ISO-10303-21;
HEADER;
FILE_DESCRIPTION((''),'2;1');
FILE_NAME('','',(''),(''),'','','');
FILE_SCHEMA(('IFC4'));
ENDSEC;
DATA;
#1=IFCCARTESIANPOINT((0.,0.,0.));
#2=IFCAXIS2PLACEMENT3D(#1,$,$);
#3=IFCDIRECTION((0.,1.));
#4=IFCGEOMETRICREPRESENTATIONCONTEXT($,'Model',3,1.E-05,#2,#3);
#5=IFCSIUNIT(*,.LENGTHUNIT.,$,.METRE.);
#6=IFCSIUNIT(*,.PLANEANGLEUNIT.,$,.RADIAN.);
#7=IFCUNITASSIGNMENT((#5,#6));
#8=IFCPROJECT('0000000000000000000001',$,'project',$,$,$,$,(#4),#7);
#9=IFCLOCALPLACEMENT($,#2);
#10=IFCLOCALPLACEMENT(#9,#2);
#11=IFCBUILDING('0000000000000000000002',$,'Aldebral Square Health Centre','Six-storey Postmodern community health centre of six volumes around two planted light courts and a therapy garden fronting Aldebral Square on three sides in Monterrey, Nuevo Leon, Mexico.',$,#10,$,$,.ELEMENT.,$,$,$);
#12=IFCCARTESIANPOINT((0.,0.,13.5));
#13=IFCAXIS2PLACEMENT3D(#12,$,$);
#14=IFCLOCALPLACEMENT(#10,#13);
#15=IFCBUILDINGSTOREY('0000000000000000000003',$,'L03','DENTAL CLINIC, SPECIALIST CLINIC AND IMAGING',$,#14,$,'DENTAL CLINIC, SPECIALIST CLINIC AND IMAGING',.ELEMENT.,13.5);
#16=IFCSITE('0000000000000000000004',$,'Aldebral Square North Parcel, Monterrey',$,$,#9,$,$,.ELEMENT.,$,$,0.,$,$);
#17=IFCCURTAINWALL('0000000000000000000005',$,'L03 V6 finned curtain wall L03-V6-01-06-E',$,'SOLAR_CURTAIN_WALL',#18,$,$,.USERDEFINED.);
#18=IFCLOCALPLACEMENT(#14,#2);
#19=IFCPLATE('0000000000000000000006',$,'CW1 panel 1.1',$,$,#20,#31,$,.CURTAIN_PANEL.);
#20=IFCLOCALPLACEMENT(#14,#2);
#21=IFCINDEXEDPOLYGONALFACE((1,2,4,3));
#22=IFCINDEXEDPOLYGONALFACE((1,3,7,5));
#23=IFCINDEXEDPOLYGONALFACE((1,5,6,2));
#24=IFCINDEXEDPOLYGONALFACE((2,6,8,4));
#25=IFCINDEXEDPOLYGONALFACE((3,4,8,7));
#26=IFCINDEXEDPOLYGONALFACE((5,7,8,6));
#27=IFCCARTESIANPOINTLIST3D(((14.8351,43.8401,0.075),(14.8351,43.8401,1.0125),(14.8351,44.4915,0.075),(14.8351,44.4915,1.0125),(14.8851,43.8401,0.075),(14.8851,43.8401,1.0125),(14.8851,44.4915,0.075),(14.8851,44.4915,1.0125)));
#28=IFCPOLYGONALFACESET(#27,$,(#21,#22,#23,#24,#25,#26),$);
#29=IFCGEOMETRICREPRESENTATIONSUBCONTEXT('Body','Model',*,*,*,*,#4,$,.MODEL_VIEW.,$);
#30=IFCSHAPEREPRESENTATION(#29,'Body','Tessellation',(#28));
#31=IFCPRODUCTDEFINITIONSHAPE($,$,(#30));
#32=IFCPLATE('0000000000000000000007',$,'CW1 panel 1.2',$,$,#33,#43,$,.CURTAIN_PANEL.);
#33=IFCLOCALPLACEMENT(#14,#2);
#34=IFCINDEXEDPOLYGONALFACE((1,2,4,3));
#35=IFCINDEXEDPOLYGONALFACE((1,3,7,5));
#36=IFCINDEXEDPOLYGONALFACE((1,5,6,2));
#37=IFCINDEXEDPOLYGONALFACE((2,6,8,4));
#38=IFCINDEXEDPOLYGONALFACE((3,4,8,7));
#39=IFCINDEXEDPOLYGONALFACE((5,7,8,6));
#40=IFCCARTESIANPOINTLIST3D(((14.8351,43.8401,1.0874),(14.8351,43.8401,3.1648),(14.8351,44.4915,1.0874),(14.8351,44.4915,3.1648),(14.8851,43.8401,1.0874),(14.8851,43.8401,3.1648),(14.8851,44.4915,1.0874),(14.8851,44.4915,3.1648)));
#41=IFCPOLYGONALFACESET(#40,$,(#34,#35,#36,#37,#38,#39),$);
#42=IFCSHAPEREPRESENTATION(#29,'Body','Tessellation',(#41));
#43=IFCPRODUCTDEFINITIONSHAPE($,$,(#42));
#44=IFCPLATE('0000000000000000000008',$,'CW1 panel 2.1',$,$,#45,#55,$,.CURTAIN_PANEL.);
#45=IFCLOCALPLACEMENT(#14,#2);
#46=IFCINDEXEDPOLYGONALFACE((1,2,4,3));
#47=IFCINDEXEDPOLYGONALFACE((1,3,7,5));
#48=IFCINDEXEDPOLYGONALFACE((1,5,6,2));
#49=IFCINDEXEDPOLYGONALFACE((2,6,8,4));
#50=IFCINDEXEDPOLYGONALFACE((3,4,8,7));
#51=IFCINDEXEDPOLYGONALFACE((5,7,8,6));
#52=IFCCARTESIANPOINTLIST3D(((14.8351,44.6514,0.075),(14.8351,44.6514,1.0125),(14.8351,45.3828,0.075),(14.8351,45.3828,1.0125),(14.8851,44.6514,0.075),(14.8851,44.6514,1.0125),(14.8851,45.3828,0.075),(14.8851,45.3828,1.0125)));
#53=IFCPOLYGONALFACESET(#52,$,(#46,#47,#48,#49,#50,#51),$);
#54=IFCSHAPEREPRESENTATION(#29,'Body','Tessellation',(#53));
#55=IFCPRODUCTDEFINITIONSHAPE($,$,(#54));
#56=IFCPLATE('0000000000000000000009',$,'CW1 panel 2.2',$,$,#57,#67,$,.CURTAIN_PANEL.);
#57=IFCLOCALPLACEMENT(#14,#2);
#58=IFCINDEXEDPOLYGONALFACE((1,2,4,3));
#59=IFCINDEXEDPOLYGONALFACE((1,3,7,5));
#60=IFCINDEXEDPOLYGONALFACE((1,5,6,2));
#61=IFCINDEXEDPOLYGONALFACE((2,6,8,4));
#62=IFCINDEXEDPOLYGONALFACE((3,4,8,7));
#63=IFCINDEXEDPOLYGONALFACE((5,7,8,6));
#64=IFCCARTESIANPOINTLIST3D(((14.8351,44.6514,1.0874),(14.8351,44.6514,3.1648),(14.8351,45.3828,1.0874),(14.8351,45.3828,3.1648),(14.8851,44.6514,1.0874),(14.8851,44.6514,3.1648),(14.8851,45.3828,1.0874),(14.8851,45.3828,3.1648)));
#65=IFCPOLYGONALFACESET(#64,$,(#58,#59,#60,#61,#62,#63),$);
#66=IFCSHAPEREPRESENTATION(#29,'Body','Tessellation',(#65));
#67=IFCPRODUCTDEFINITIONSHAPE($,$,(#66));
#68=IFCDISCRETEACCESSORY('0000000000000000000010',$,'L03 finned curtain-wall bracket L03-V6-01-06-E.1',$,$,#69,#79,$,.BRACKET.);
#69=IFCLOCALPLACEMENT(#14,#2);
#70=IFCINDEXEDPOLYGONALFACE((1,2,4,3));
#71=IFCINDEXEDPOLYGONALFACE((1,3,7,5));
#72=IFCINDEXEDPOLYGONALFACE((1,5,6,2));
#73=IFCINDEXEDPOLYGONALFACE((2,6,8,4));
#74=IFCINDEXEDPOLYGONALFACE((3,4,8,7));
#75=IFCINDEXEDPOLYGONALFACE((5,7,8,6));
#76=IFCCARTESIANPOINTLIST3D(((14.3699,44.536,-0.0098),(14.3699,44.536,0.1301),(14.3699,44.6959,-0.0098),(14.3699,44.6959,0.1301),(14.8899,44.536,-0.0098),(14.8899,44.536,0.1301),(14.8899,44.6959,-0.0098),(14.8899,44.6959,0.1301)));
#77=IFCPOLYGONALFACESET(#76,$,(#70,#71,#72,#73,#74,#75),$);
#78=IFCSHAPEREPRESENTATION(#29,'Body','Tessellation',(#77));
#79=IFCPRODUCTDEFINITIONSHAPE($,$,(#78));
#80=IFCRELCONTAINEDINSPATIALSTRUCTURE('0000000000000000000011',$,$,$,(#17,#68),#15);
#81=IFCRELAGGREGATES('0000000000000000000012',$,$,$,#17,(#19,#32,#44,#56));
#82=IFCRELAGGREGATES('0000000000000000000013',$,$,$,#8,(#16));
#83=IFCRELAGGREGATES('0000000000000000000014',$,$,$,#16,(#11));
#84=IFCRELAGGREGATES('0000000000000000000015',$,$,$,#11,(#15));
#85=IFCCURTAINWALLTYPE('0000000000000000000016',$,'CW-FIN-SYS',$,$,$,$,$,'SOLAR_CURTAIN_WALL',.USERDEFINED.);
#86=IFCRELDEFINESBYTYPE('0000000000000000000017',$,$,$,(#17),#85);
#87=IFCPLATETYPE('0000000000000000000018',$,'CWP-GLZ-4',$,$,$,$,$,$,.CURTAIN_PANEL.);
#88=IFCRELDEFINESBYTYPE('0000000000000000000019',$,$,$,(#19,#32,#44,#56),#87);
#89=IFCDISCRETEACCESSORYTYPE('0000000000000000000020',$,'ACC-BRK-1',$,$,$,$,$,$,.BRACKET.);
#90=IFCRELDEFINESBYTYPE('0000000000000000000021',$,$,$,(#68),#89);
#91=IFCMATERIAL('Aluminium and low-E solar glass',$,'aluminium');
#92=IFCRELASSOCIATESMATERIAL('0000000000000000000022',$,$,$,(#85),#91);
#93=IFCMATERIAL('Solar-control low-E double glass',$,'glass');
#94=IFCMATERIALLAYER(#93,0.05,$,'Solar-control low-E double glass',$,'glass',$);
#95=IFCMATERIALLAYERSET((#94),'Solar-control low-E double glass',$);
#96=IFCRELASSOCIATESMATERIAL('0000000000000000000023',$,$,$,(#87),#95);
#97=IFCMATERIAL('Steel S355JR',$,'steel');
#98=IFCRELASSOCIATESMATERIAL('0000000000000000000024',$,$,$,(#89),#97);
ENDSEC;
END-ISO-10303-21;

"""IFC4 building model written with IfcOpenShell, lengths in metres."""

from ifc_helpers import new_model, si_unit, direction, frame, origin, origin_2d, place, context, subcontext, project, spatial, rectangle, extrude, material, layer, layer_set, type_object, element, aggregate, save


model = new_model("IFC4")

# Units and contexts
model_context = context("Model", 3, precision=1e-05, world=origin(), true_north=direction((0.0, 1.0)))
body_context = subcontext(model_context, "Body", "Model", "MODEL_VIEW")
ifc_project = project(units=[si_unit("LENGTHUNIT", "METRE"), si_unit("PLANEANGLEUNIT", "RADIAN")], contexts=[model_context])

# Site, building, storey
site_placement = place(None, origin())
site = spatial("IfcSite", under=ifc_project, at=site_placement, Name="Aldebral Square North Parcel, Monterrey", CompositionType="ELEMENT", RefElevation=0.0)
building_placement = place(site_placement, origin())
building = spatial("IfcBuilding", under=site, at=building_placement, Name="Aldebral Square Health Centre", Description="Six-storey Postmodern community health centre of six volumes around two planted light courts and a therapy garden fronting Aldebral Square on three sides in Monterrey, Nuevo Leon, Mexico.", CompositionType="ELEMENT")
storey_placement = place(building_placement, frame((0.0, 0.0, 13.5)))
storey = spatial("IfcBuildingStorey", under=building, at=storey_placement, Name="L03", Description="DENTAL CLINIC, SPECIALIST CLINIC AND IMAGING", LongName="DENTAL CLINIC, SPECIALIST CLINIC AND IMAGING", CompositionType="ELEMENT", Elevation=13.5)

# Curtain wall
ifc_material_1 = material(Name="Aluminium and low-E solar glass", Category="aluminium")
curtain_wall_type = type_object("IfcCurtainWallType", Name="CW-FIN-SYS", ElementType="SOLAR_CURTAIN_WALL", PredefinedType="USERDEFINED", material=ifc_material_1)
curtain_wall_1_placement = place(storey_placement, origin())
curtain_wall_1 = element("IfcCurtainWall", 1, at=curtain_wall_1_placement, inside=storey, type_object=curtain_wall_type, Name="L03 V6 finned curtain wall L03-V6-01-06-E", ObjectType="SOLAR_CURTAIN_WALL", PredefinedType="USERDEFINED")

# Plates
ifc_material_2 = material(Name="Solar-control low-E double glass", Category="glass")
ifc_layer_1 = layer(ifc_material_2, 0.05, Name="Solar-control low-E double glass", Category="glass")
ifc_layer_set_1 = layer_set([ifc_layer_1], Name="Solar-control low-E double glass")
plate_type_1 = type_object("IfcPlateType", Name="CWP-GLZ-4", PredefinedType="CURTAIN_PANEL", material=ifc_layer_set_1)
plate_1_placement = place(storey_placement, frame((14.8601, 44.1658, 0.075), z_axis=(0.0, 0.0, 1.0), x_axis=(0.0, 1.0, 0.0)))
plate_1 = element("IfcPlate", 2, at=plate_1_placement, type_object=plate_type_1, Name="CW1 panel 1.1", PredefinedType="CURTAIN_PANEL", context=body_context, shape_type="SweptSolid", body=[
    extrude(rectangle(XDim=0.6514, YDim=0.05, at=origin_2d()), origin(), (0.0, 0.0, 1.0), 0.9375),
])
plate_2_placement = place(storey_placement, frame((14.8601, 44.1658, 1.0874), z_axis=(0.0, 0.0, 1.0), x_axis=(0.0, 1.0, 0.0)))
plate_2 = element("IfcPlate", 3, at=plate_2_placement, type_object=plate_type_1, Name="CW1 panel 1.2", PredefinedType="CURTAIN_PANEL", context=body_context, shape_type="SweptSolid", body=[
    extrude(rectangle(XDim=0.6514, YDim=0.05, at=origin_2d()), origin(), (0.0, 0.0, 1.0), 2.0774),
])
plate_3_placement = place(storey_placement, frame((14.8601, 45.0171, 0.075), z_axis=(0.0, 0.0, 1.0), x_axis=(0.0, 1.0, 0.0)))
plate_3 = element("IfcPlate", 4, at=plate_3_placement, type_object=plate_type_1, Name="CW1 panel 2.1", PredefinedType="CURTAIN_PANEL", context=body_context, shape_type="SweptSolid", body=[
    extrude(rectangle(XDim=0.7314, YDim=0.05, at=origin_2d()), origin(), (0.0, 0.0, 1.0), 0.9375),
])
plate_4_placement = place(storey_placement, frame((14.8601, 45.0171, 1.0874), z_axis=(0.0, 0.0, 1.0), x_axis=(0.0, 1.0, 0.0)))
plate_4 = element("IfcPlate", 5, at=plate_4_placement, type_object=plate_type_1, Name="CW1 panel 2.2", PredefinedType="CURTAIN_PANEL", context=body_context, shape_type="SweptSolid", body=[
    extrude(rectangle(XDim=0.7314, YDim=0.05, at=origin_2d()), origin(), (0.0, 0.0, 1.0), 2.0774),
])
aggregate(curtain_wall_1, [plate_1, plate_2, plate_3, plate_4])

# Discrete accessory
ifc_material_3 = material(Name="Steel S355JR", Category="steel")
discrete_accessory_type = type_object("IfcDiscreteAccessoryType", Name="ACC-BRK-1", PredefinedType="BRACKET", material=ifc_material_3)
discrete_accessory_placement = place(storey_placement, frame((14.6299, 44.616, -0.0098), z_axis=(0.0, 0.0, 1.0), x_axis=(0.0, 1.0, 0.0)))
element("IfcDiscreteAccessory", 6, at=discrete_accessory_placement, inside=storey, type_object=discrete_accessory_type, Name="L03 finned curtain-wall bracket L03-V6-01-06-E.1", PredefinedType="BRACKET", context=body_context, shape_type="SweptSolid", body=[
    extrude(rectangle(XDim=0.1599, YDim=0.52, at=origin_2d()), origin(), (0.0, 0.0, 1.0), 0.1399),
])

save(model, "model.ifc")
